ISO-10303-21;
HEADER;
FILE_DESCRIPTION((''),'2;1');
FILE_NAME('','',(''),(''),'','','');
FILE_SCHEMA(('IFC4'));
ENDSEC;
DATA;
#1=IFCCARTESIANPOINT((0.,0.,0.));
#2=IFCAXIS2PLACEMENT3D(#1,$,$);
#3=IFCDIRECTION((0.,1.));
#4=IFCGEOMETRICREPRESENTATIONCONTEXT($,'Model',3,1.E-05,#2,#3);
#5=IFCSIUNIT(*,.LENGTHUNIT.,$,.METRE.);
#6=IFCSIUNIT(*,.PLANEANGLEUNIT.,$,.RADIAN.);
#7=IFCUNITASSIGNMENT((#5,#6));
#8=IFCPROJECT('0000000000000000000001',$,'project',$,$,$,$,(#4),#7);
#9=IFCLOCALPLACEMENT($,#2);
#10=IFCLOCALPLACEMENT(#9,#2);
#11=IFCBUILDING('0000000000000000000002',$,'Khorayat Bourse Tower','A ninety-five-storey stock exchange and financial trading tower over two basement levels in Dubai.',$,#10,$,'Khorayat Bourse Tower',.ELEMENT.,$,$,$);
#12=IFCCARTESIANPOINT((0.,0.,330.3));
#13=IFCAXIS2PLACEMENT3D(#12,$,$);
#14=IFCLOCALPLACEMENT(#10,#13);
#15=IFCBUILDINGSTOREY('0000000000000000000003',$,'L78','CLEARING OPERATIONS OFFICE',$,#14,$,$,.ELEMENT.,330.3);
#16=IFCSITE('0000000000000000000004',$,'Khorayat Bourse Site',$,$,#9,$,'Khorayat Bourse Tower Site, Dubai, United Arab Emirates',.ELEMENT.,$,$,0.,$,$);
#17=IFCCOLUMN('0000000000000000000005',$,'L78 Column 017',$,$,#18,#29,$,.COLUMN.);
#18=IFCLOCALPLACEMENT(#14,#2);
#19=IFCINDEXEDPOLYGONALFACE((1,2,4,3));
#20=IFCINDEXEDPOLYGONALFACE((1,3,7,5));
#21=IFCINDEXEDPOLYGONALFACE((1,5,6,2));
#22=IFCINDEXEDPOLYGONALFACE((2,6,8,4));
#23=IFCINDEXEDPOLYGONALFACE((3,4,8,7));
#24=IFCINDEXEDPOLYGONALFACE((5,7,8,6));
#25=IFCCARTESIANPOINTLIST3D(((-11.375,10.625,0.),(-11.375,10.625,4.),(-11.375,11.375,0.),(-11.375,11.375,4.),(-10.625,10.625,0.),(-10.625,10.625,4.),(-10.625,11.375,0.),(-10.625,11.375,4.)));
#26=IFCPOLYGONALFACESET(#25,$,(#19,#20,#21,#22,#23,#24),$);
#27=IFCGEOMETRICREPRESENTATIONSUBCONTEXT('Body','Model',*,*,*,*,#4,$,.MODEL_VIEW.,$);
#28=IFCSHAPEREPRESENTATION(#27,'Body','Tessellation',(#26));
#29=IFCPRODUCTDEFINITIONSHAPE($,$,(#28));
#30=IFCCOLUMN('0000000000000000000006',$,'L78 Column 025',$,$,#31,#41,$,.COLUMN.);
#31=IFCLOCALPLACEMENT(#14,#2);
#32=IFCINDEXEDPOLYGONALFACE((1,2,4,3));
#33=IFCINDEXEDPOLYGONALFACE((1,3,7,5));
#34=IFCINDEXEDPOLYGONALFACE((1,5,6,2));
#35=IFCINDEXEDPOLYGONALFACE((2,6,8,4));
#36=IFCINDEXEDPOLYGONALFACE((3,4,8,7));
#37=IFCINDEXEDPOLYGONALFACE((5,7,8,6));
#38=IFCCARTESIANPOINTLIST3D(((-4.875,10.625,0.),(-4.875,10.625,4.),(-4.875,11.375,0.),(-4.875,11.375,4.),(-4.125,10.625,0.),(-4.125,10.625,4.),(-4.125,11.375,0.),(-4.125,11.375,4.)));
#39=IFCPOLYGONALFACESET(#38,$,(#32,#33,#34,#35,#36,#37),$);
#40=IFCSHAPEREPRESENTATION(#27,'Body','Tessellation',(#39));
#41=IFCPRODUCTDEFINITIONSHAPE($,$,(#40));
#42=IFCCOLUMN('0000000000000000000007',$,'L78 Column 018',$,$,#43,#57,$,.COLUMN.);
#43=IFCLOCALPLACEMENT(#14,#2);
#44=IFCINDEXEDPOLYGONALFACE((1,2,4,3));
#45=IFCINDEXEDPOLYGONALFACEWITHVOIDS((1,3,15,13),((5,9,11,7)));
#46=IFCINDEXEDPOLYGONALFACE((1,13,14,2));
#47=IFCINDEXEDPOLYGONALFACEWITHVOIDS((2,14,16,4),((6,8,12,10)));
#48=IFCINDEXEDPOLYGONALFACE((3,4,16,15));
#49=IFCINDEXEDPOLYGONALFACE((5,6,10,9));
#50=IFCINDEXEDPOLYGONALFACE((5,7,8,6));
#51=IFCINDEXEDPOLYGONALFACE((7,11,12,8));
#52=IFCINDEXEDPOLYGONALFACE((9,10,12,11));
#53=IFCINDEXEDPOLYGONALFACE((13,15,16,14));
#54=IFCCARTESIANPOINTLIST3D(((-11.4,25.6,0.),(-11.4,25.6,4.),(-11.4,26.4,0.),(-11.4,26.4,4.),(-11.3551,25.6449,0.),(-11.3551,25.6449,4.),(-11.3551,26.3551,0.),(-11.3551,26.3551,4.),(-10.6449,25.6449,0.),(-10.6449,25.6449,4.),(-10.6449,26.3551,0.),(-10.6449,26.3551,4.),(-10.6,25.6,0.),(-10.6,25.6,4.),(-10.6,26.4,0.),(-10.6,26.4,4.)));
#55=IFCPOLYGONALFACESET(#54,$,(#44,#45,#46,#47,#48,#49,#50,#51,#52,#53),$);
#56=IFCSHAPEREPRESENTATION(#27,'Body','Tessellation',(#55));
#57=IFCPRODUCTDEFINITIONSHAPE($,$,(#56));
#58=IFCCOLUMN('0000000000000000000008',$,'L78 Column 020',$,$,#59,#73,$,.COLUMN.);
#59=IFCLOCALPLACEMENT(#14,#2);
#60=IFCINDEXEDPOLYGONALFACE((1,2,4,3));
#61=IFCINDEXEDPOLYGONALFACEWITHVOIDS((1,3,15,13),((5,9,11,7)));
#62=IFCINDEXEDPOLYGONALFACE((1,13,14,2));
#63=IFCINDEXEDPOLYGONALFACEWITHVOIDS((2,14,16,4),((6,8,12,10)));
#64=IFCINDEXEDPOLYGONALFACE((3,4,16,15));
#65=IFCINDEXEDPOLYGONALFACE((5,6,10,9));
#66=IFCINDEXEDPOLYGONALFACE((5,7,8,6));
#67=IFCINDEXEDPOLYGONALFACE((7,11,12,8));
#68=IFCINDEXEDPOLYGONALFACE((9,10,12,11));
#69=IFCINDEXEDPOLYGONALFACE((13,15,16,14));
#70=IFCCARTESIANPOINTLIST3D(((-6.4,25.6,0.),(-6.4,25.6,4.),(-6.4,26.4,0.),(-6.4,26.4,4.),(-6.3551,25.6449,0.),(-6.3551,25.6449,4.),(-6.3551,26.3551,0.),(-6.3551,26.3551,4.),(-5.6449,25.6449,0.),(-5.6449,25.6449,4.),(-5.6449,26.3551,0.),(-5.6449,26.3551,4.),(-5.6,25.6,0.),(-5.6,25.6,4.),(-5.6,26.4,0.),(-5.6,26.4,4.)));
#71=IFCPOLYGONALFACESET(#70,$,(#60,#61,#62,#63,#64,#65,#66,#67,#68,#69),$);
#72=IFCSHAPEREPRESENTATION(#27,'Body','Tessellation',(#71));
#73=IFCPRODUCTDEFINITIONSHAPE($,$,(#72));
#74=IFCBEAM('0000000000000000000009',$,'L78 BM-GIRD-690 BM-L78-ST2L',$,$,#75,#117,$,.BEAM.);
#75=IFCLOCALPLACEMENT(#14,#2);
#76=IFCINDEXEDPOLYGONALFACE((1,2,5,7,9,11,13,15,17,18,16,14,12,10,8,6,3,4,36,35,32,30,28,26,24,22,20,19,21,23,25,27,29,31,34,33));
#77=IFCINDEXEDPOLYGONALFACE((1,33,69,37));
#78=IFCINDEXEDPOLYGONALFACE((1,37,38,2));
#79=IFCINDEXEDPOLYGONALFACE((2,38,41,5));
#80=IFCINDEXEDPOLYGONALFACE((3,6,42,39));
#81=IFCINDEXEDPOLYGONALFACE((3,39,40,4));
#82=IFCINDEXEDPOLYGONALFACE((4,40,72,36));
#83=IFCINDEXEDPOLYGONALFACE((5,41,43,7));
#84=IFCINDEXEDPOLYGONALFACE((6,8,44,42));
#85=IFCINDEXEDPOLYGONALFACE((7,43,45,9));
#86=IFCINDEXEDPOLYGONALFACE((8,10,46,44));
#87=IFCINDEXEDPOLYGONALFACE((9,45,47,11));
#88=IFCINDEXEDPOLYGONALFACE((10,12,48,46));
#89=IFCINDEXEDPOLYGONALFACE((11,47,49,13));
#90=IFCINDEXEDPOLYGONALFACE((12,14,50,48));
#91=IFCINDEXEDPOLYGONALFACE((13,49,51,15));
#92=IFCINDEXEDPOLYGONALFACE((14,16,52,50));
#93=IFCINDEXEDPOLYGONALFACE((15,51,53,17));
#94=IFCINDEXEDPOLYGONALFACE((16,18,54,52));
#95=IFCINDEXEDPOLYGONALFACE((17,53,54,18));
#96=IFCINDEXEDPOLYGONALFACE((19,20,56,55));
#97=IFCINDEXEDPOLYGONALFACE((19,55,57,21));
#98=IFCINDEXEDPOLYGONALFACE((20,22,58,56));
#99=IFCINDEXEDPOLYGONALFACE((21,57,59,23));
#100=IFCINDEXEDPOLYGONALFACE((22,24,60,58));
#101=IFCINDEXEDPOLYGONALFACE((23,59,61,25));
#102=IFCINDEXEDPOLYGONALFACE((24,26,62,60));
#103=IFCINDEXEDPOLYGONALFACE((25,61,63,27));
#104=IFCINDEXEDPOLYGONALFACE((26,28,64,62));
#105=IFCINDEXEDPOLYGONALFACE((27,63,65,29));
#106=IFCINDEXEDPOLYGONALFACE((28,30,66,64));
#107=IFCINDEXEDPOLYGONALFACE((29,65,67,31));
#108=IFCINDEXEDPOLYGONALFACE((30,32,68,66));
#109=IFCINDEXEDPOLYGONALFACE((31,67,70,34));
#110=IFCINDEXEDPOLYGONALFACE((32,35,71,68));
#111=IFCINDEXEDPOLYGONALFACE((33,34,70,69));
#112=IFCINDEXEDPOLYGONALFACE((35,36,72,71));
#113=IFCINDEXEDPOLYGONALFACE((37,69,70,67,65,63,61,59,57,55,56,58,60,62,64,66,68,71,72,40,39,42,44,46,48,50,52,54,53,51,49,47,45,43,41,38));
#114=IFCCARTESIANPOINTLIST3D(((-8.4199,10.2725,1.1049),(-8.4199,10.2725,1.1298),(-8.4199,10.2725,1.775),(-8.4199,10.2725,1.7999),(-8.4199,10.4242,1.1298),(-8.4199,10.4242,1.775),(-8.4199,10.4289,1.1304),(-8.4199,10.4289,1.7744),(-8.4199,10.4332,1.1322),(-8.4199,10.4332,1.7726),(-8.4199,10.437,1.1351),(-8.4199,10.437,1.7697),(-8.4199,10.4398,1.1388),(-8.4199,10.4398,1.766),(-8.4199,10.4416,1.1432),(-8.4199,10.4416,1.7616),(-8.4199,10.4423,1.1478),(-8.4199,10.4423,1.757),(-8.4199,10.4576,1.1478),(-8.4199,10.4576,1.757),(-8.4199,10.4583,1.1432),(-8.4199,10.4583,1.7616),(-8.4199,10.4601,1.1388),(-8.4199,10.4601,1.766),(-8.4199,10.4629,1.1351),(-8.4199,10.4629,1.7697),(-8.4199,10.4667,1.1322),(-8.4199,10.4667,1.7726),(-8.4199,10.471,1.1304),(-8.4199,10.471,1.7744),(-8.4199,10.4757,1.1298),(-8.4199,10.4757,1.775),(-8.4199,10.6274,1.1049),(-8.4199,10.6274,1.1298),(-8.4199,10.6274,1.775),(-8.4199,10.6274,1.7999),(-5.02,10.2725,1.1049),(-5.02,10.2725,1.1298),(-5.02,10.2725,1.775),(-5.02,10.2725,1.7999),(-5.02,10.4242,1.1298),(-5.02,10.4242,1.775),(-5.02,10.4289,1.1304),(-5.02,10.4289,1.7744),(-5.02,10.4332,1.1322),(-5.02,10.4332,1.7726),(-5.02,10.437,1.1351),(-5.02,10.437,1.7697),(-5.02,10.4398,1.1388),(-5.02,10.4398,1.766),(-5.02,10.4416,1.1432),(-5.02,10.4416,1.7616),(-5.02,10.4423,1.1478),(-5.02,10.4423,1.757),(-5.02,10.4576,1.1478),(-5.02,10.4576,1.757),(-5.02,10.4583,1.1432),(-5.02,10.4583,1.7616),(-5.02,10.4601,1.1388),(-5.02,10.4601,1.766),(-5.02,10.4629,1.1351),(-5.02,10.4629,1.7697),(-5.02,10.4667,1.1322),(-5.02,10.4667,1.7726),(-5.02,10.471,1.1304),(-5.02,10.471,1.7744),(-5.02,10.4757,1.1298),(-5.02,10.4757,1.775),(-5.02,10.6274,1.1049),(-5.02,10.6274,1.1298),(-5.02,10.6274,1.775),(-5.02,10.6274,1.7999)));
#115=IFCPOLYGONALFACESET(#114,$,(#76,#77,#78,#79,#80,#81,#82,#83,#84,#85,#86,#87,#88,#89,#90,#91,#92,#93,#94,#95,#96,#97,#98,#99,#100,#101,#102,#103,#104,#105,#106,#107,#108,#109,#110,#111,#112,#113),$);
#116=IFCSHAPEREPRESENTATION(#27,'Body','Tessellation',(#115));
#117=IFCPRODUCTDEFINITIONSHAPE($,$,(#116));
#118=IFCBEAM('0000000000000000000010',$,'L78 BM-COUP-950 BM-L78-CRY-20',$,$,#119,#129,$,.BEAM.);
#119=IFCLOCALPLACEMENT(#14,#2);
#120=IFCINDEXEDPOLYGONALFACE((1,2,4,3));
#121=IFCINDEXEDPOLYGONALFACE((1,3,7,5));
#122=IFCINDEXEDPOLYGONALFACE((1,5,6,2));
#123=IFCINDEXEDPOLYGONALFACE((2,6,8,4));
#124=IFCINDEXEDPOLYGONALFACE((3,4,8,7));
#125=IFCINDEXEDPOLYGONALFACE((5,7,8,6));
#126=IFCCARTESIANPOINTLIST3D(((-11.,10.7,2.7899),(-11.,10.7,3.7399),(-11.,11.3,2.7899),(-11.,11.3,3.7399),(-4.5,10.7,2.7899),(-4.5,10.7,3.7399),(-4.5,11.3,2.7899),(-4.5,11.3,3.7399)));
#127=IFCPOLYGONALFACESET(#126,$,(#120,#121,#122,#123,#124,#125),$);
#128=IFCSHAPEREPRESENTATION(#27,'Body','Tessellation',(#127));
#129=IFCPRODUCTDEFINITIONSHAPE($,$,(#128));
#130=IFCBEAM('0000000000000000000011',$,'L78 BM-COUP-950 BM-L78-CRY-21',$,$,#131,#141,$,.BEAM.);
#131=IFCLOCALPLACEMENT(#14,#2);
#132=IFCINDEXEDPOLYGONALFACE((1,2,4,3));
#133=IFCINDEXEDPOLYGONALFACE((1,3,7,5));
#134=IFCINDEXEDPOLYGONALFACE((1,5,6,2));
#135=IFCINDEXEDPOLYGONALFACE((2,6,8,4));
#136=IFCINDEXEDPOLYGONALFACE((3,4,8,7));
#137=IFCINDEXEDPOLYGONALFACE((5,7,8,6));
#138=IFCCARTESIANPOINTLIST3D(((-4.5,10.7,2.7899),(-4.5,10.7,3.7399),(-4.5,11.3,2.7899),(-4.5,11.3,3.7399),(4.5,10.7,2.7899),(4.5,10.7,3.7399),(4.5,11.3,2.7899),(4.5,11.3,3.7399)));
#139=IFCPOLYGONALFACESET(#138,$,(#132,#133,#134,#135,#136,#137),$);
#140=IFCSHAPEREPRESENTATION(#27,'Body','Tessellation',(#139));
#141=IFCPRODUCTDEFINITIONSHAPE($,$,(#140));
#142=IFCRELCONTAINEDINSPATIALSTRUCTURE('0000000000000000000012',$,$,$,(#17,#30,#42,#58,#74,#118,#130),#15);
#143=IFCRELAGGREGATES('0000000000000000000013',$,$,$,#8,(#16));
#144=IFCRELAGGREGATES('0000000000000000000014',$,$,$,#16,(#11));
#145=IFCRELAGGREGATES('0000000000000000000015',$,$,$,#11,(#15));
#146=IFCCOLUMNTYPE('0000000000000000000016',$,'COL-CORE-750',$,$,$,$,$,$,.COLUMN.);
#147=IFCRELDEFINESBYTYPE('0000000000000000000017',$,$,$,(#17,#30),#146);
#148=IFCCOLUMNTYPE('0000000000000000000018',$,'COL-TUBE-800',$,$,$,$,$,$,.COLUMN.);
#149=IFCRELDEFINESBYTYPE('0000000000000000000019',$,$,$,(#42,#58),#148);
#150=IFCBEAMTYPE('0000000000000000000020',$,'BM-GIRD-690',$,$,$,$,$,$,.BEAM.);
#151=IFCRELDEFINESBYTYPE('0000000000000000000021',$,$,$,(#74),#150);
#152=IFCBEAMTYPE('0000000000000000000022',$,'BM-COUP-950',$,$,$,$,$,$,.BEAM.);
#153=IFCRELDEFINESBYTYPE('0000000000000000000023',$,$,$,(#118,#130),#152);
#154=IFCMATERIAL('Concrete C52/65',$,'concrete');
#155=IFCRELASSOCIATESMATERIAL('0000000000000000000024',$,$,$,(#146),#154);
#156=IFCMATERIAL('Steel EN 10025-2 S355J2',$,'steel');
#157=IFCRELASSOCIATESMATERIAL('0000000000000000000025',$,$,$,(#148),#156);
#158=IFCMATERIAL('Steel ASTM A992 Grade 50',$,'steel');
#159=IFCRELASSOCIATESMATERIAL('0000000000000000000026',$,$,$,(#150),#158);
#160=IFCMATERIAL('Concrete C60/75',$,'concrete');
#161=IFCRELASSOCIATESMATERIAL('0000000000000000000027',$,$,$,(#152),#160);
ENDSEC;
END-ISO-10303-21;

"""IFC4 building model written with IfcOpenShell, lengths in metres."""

from ifc_helpers import new_model, si_unit, direction, frame, origin, origin_2d, place, context, subcontext, project, spatial, rectangle, hollow_rectangle, i_section, extrude, source, transform, mapped, material, material_profile, profile_set, type_object, element, save


model = new_model("IFC4")

# Units and contexts
model_context = context("Model", 3, precision=1e-05, world=origin(), true_north=direction((0.0, 1.0)))
body_context = subcontext(model_context, "Body", "Model", "MODEL_VIEW")
ifc_project = project(units=[si_unit("LENGTHUNIT", "METRE"), si_unit("PLANEANGLEUNIT", "RADIAN")], contexts=[model_context])

# Site, building, storey
site_placement = place(None, origin())
site = spatial("IfcSite", under=ifc_project, at=site_placement, Name="Khorayat Bourse Site", LongName="Khorayat Bourse Tower Site, Dubai, United Arab Emirates", CompositionType="ELEMENT", RefElevation=0.0)
building_placement = place(site_placement, origin())
building = spatial("IfcBuilding", under=site, at=building_placement, Name="Khorayat Bourse Tower", Description="A ninety-five-storey stock exchange and financial trading tower over two basement levels in Dubai.", LongName="Khorayat Bourse Tower", CompositionType="ELEMENT")
storey_placement = place(building_placement, frame((0.0, 0.0, 330.3)))
storey = spatial("IfcBuildingStorey", under=building, at=storey_placement, Name="L78", Description="CLEARING OPERATIONS OFFICE", CompositionType="ELEMENT", Elevation=330.3)

# Columns
ifc_material_1 = material(Name="Concrete C52/65", Category="concrete")
ifc_material_profile_1 = material_profile(ifc_material_1, rectangle(XDim=0.75, YDim=0.75, at=origin_2d()), Name="RC 750x750")
ifc_profile_set_1 = profile_set([ifc_material_profile_1], Name="Concrete C52/65")
column_type_1 = type_object("IfcColumnType", Name="COL-CORE-750", PredefinedType="COLUMN", material=ifc_profile_set_1)
shared_shape_1 = source(origin(), body_context, "Body", "SweptSolid", [
    extrude(rectangle(XDim=0.75, YDim=0.75, at=origin_2d()), origin(), (0.0, 0.0, 1.0), 4.0),
])
for number, where, z_axis, x_axis, name in (
    (1, (-11.0, 11.0, 0.0), (0.0, 0.0, 1.0), (1.0, 0.0, 0.0), "L78 Column 017"),
    (2, (-4.5, 11.0, 0.0), (0.0, 0.0, 1.0), (1.0, 0.0, 0.0), "L78 Column 025"),
):
    element("IfcColumn", number, at=place(storey_placement, frame(where, z_axis=z_axis, x_axis=x_axis)), inside=storey, type_object=column_type_1, Name=name, PredefinedType="COLUMN", context=body_context, shape_type="MappedRepresentation", body=[
        mapped(shared_shape_1, transform((0.0, 0.0, 0.0), scale=1.0)),
    ])
ifc_material_2 = material(Name="Steel EN 10025-2 S355J2", Category="steel")
ifc_material_profile_2 = material_profile(ifc_material_2, hollow_rectangle(XDim=0.8, YDim=0.8, WallThickness=0.0449, at=origin_2d()), Name="BOX 800x800x45")
ifc_profile_set_2 = profile_set([ifc_material_profile_2], Name="Steel EN 10025-2 S355J2")
column_type_2 = type_object("IfcColumnType", Name="COL-TUBE-800", PredefinedType="COLUMN", material=ifc_profile_set_2)
shared_shape_2 = source(origin(), body_context, "Body", "SweptSolid", [
    extrude(hollow_rectangle(XDim=0.8, YDim=0.8, WallThickness=0.0449, at=origin_2d()), origin(), (0.0, 0.0, 1.0), 4.0),
])
for number, where, z_axis, x_axis, name in (
    (3, (-11.0, 26.0, 0.0), (0.0, 0.0, 1.0), (1.0, 0.0, 0.0), "L78 Column 018"),
    (4, (-6.0, 26.0, 0.0), (0.0, 0.0, 1.0), (1.0, 0.0, 0.0), "L78 Column 020"),
):
    element("IfcColumn", number, at=place(storey_placement, frame(where, z_axis=z_axis, x_axis=x_axis)), inside=storey, type_object=column_type_2, Name=name, PredefinedType="COLUMN", context=body_context, shape_type="MappedRepresentation", body=[
        mapped(shared_shape_2, transform((0.0, 0.0, 0.0), scale=1.0)),
    ])

# Beams
ifc_material_3 = material(Name="Steel ASTM A992 Grade 50", Category="steel")
ifc_material_profile_3 = material_profile(ifc_material_3, i_section(OverallWidth=0.355, OverallDepth=0.6951, WebThickness=0.0154, FlangeThickness=0.0249, FilletRadius=0.0181, at=origin_2d()), Name="W690X217")
ifc_profile_set_3 = profile_set([ifc_material_profile_3], Name="Steel ASTM A992 Grade 50")
beam_type_1 = type_object("IfcBeamType", Name="BM-GIRD-690", PredefinedType="BEAM", material=ifc_profile_set_3)
shared_shape_3 = source(origin(), body_context, "Body", "SweptSolid", [
    extrude(i_section(OverallWidth=0.355, OverallDepth=0.6951, WebThickness=0.0154, FlangeThickness=0.0249, FilletRadius=0.0181, at=origin_2d()), origin(), (0.0, 0.0, 1.0), 3.3999),
])
beam_1_placement = place(storey_placement, frame((-8.4199, 10.45, 1.4524), z_axis=(1.0, 0.0, 0.0), x_axis=(0.0, 1.0, 0.0)))
element("IfcBeam", 5, at=beam_1_placement, inside=storey, type_object=beam_type_1, Name="L78 BM-GIRD-690 BM-L78-ST2L", PredefinedType="BEAM", context=body_context, shape_type="MappedRepresentation", body=[
    mapped(shared_shape_3, transform((0.0, 0.0, 0.0), scale=1.0)),
])
ifc_material_4 = material(Name="Concrete C60/75", Category="concrete")
ifc_material_profile_4 = material_profile(ifc_material_4, rectangle(XDim=0.6001, YDim=0.95, at=origin_2d()), Name="RC 600x950")
ifc_profile_set_4 = profile_set([ifc_material_profile_4], Name="Concrete C60/75")
beam_type_2 = type_object("IfcBeamType", Name="BM-COUP-950", PredefinedType="BEAM", material=ifc_profile_set_4)
shared_shape_4 = source(origin(), body_context, "Body", "SweptSolid", [
    extrude(rectangle(XDim=0.6001, YDim=0.95, at=origin_2d()), origin(), (0.0, 0.0, 1.0), 6.5),
])
beam_2_placement = place(storey_placement, frame((-11.0, 11.0, 3.2649), z_axis=(1.0, 0.0, 0.0), x_axis=(0.0, 1.0, 0.0)))
element("IfcBeam", 6, at=beam_2_placement, inside=storey, type_object=beam_type_2, Name="L78 BM-COUP-950 BM-L78-CRY-20", PredefinedType="BEAM", context=body_context, shape_type="MappedRepresentation", body=[
    mapped(shared_shape_4, transform((0.0, 0.0, 0.0), scale=1.0)),
])
shared_shape_5 = source(origin(), body_context, "Body", "SweptSolid", [
    extrude(rectangle(XDim=0.6001, YDim=0.95, at=origin_2d()), origin(), (0.0, 0.0, 1.0), 9.0),
])
beam_3_placement = place(storey_placement, frame((-4.5, 11.0, 3.2649), z_axis=(1.0, 0.0, 0.0), x_axis=(0.0, 1.0, 0.0)))
element("IfcBeam", 7, at=beam_3_placement, inside=storey, type_object=beam_type_2, Name="L78 BM-COUP-950 BM-L78-CRY-21", PredefinedType="BEAM", context=body_context, shape_type="MappedRepresentation", body=[
    mapped(shared_shape_5, transform((0.0, 0.0, 0.0), scale=1.0)),
])

save(model, "model.ifc")
